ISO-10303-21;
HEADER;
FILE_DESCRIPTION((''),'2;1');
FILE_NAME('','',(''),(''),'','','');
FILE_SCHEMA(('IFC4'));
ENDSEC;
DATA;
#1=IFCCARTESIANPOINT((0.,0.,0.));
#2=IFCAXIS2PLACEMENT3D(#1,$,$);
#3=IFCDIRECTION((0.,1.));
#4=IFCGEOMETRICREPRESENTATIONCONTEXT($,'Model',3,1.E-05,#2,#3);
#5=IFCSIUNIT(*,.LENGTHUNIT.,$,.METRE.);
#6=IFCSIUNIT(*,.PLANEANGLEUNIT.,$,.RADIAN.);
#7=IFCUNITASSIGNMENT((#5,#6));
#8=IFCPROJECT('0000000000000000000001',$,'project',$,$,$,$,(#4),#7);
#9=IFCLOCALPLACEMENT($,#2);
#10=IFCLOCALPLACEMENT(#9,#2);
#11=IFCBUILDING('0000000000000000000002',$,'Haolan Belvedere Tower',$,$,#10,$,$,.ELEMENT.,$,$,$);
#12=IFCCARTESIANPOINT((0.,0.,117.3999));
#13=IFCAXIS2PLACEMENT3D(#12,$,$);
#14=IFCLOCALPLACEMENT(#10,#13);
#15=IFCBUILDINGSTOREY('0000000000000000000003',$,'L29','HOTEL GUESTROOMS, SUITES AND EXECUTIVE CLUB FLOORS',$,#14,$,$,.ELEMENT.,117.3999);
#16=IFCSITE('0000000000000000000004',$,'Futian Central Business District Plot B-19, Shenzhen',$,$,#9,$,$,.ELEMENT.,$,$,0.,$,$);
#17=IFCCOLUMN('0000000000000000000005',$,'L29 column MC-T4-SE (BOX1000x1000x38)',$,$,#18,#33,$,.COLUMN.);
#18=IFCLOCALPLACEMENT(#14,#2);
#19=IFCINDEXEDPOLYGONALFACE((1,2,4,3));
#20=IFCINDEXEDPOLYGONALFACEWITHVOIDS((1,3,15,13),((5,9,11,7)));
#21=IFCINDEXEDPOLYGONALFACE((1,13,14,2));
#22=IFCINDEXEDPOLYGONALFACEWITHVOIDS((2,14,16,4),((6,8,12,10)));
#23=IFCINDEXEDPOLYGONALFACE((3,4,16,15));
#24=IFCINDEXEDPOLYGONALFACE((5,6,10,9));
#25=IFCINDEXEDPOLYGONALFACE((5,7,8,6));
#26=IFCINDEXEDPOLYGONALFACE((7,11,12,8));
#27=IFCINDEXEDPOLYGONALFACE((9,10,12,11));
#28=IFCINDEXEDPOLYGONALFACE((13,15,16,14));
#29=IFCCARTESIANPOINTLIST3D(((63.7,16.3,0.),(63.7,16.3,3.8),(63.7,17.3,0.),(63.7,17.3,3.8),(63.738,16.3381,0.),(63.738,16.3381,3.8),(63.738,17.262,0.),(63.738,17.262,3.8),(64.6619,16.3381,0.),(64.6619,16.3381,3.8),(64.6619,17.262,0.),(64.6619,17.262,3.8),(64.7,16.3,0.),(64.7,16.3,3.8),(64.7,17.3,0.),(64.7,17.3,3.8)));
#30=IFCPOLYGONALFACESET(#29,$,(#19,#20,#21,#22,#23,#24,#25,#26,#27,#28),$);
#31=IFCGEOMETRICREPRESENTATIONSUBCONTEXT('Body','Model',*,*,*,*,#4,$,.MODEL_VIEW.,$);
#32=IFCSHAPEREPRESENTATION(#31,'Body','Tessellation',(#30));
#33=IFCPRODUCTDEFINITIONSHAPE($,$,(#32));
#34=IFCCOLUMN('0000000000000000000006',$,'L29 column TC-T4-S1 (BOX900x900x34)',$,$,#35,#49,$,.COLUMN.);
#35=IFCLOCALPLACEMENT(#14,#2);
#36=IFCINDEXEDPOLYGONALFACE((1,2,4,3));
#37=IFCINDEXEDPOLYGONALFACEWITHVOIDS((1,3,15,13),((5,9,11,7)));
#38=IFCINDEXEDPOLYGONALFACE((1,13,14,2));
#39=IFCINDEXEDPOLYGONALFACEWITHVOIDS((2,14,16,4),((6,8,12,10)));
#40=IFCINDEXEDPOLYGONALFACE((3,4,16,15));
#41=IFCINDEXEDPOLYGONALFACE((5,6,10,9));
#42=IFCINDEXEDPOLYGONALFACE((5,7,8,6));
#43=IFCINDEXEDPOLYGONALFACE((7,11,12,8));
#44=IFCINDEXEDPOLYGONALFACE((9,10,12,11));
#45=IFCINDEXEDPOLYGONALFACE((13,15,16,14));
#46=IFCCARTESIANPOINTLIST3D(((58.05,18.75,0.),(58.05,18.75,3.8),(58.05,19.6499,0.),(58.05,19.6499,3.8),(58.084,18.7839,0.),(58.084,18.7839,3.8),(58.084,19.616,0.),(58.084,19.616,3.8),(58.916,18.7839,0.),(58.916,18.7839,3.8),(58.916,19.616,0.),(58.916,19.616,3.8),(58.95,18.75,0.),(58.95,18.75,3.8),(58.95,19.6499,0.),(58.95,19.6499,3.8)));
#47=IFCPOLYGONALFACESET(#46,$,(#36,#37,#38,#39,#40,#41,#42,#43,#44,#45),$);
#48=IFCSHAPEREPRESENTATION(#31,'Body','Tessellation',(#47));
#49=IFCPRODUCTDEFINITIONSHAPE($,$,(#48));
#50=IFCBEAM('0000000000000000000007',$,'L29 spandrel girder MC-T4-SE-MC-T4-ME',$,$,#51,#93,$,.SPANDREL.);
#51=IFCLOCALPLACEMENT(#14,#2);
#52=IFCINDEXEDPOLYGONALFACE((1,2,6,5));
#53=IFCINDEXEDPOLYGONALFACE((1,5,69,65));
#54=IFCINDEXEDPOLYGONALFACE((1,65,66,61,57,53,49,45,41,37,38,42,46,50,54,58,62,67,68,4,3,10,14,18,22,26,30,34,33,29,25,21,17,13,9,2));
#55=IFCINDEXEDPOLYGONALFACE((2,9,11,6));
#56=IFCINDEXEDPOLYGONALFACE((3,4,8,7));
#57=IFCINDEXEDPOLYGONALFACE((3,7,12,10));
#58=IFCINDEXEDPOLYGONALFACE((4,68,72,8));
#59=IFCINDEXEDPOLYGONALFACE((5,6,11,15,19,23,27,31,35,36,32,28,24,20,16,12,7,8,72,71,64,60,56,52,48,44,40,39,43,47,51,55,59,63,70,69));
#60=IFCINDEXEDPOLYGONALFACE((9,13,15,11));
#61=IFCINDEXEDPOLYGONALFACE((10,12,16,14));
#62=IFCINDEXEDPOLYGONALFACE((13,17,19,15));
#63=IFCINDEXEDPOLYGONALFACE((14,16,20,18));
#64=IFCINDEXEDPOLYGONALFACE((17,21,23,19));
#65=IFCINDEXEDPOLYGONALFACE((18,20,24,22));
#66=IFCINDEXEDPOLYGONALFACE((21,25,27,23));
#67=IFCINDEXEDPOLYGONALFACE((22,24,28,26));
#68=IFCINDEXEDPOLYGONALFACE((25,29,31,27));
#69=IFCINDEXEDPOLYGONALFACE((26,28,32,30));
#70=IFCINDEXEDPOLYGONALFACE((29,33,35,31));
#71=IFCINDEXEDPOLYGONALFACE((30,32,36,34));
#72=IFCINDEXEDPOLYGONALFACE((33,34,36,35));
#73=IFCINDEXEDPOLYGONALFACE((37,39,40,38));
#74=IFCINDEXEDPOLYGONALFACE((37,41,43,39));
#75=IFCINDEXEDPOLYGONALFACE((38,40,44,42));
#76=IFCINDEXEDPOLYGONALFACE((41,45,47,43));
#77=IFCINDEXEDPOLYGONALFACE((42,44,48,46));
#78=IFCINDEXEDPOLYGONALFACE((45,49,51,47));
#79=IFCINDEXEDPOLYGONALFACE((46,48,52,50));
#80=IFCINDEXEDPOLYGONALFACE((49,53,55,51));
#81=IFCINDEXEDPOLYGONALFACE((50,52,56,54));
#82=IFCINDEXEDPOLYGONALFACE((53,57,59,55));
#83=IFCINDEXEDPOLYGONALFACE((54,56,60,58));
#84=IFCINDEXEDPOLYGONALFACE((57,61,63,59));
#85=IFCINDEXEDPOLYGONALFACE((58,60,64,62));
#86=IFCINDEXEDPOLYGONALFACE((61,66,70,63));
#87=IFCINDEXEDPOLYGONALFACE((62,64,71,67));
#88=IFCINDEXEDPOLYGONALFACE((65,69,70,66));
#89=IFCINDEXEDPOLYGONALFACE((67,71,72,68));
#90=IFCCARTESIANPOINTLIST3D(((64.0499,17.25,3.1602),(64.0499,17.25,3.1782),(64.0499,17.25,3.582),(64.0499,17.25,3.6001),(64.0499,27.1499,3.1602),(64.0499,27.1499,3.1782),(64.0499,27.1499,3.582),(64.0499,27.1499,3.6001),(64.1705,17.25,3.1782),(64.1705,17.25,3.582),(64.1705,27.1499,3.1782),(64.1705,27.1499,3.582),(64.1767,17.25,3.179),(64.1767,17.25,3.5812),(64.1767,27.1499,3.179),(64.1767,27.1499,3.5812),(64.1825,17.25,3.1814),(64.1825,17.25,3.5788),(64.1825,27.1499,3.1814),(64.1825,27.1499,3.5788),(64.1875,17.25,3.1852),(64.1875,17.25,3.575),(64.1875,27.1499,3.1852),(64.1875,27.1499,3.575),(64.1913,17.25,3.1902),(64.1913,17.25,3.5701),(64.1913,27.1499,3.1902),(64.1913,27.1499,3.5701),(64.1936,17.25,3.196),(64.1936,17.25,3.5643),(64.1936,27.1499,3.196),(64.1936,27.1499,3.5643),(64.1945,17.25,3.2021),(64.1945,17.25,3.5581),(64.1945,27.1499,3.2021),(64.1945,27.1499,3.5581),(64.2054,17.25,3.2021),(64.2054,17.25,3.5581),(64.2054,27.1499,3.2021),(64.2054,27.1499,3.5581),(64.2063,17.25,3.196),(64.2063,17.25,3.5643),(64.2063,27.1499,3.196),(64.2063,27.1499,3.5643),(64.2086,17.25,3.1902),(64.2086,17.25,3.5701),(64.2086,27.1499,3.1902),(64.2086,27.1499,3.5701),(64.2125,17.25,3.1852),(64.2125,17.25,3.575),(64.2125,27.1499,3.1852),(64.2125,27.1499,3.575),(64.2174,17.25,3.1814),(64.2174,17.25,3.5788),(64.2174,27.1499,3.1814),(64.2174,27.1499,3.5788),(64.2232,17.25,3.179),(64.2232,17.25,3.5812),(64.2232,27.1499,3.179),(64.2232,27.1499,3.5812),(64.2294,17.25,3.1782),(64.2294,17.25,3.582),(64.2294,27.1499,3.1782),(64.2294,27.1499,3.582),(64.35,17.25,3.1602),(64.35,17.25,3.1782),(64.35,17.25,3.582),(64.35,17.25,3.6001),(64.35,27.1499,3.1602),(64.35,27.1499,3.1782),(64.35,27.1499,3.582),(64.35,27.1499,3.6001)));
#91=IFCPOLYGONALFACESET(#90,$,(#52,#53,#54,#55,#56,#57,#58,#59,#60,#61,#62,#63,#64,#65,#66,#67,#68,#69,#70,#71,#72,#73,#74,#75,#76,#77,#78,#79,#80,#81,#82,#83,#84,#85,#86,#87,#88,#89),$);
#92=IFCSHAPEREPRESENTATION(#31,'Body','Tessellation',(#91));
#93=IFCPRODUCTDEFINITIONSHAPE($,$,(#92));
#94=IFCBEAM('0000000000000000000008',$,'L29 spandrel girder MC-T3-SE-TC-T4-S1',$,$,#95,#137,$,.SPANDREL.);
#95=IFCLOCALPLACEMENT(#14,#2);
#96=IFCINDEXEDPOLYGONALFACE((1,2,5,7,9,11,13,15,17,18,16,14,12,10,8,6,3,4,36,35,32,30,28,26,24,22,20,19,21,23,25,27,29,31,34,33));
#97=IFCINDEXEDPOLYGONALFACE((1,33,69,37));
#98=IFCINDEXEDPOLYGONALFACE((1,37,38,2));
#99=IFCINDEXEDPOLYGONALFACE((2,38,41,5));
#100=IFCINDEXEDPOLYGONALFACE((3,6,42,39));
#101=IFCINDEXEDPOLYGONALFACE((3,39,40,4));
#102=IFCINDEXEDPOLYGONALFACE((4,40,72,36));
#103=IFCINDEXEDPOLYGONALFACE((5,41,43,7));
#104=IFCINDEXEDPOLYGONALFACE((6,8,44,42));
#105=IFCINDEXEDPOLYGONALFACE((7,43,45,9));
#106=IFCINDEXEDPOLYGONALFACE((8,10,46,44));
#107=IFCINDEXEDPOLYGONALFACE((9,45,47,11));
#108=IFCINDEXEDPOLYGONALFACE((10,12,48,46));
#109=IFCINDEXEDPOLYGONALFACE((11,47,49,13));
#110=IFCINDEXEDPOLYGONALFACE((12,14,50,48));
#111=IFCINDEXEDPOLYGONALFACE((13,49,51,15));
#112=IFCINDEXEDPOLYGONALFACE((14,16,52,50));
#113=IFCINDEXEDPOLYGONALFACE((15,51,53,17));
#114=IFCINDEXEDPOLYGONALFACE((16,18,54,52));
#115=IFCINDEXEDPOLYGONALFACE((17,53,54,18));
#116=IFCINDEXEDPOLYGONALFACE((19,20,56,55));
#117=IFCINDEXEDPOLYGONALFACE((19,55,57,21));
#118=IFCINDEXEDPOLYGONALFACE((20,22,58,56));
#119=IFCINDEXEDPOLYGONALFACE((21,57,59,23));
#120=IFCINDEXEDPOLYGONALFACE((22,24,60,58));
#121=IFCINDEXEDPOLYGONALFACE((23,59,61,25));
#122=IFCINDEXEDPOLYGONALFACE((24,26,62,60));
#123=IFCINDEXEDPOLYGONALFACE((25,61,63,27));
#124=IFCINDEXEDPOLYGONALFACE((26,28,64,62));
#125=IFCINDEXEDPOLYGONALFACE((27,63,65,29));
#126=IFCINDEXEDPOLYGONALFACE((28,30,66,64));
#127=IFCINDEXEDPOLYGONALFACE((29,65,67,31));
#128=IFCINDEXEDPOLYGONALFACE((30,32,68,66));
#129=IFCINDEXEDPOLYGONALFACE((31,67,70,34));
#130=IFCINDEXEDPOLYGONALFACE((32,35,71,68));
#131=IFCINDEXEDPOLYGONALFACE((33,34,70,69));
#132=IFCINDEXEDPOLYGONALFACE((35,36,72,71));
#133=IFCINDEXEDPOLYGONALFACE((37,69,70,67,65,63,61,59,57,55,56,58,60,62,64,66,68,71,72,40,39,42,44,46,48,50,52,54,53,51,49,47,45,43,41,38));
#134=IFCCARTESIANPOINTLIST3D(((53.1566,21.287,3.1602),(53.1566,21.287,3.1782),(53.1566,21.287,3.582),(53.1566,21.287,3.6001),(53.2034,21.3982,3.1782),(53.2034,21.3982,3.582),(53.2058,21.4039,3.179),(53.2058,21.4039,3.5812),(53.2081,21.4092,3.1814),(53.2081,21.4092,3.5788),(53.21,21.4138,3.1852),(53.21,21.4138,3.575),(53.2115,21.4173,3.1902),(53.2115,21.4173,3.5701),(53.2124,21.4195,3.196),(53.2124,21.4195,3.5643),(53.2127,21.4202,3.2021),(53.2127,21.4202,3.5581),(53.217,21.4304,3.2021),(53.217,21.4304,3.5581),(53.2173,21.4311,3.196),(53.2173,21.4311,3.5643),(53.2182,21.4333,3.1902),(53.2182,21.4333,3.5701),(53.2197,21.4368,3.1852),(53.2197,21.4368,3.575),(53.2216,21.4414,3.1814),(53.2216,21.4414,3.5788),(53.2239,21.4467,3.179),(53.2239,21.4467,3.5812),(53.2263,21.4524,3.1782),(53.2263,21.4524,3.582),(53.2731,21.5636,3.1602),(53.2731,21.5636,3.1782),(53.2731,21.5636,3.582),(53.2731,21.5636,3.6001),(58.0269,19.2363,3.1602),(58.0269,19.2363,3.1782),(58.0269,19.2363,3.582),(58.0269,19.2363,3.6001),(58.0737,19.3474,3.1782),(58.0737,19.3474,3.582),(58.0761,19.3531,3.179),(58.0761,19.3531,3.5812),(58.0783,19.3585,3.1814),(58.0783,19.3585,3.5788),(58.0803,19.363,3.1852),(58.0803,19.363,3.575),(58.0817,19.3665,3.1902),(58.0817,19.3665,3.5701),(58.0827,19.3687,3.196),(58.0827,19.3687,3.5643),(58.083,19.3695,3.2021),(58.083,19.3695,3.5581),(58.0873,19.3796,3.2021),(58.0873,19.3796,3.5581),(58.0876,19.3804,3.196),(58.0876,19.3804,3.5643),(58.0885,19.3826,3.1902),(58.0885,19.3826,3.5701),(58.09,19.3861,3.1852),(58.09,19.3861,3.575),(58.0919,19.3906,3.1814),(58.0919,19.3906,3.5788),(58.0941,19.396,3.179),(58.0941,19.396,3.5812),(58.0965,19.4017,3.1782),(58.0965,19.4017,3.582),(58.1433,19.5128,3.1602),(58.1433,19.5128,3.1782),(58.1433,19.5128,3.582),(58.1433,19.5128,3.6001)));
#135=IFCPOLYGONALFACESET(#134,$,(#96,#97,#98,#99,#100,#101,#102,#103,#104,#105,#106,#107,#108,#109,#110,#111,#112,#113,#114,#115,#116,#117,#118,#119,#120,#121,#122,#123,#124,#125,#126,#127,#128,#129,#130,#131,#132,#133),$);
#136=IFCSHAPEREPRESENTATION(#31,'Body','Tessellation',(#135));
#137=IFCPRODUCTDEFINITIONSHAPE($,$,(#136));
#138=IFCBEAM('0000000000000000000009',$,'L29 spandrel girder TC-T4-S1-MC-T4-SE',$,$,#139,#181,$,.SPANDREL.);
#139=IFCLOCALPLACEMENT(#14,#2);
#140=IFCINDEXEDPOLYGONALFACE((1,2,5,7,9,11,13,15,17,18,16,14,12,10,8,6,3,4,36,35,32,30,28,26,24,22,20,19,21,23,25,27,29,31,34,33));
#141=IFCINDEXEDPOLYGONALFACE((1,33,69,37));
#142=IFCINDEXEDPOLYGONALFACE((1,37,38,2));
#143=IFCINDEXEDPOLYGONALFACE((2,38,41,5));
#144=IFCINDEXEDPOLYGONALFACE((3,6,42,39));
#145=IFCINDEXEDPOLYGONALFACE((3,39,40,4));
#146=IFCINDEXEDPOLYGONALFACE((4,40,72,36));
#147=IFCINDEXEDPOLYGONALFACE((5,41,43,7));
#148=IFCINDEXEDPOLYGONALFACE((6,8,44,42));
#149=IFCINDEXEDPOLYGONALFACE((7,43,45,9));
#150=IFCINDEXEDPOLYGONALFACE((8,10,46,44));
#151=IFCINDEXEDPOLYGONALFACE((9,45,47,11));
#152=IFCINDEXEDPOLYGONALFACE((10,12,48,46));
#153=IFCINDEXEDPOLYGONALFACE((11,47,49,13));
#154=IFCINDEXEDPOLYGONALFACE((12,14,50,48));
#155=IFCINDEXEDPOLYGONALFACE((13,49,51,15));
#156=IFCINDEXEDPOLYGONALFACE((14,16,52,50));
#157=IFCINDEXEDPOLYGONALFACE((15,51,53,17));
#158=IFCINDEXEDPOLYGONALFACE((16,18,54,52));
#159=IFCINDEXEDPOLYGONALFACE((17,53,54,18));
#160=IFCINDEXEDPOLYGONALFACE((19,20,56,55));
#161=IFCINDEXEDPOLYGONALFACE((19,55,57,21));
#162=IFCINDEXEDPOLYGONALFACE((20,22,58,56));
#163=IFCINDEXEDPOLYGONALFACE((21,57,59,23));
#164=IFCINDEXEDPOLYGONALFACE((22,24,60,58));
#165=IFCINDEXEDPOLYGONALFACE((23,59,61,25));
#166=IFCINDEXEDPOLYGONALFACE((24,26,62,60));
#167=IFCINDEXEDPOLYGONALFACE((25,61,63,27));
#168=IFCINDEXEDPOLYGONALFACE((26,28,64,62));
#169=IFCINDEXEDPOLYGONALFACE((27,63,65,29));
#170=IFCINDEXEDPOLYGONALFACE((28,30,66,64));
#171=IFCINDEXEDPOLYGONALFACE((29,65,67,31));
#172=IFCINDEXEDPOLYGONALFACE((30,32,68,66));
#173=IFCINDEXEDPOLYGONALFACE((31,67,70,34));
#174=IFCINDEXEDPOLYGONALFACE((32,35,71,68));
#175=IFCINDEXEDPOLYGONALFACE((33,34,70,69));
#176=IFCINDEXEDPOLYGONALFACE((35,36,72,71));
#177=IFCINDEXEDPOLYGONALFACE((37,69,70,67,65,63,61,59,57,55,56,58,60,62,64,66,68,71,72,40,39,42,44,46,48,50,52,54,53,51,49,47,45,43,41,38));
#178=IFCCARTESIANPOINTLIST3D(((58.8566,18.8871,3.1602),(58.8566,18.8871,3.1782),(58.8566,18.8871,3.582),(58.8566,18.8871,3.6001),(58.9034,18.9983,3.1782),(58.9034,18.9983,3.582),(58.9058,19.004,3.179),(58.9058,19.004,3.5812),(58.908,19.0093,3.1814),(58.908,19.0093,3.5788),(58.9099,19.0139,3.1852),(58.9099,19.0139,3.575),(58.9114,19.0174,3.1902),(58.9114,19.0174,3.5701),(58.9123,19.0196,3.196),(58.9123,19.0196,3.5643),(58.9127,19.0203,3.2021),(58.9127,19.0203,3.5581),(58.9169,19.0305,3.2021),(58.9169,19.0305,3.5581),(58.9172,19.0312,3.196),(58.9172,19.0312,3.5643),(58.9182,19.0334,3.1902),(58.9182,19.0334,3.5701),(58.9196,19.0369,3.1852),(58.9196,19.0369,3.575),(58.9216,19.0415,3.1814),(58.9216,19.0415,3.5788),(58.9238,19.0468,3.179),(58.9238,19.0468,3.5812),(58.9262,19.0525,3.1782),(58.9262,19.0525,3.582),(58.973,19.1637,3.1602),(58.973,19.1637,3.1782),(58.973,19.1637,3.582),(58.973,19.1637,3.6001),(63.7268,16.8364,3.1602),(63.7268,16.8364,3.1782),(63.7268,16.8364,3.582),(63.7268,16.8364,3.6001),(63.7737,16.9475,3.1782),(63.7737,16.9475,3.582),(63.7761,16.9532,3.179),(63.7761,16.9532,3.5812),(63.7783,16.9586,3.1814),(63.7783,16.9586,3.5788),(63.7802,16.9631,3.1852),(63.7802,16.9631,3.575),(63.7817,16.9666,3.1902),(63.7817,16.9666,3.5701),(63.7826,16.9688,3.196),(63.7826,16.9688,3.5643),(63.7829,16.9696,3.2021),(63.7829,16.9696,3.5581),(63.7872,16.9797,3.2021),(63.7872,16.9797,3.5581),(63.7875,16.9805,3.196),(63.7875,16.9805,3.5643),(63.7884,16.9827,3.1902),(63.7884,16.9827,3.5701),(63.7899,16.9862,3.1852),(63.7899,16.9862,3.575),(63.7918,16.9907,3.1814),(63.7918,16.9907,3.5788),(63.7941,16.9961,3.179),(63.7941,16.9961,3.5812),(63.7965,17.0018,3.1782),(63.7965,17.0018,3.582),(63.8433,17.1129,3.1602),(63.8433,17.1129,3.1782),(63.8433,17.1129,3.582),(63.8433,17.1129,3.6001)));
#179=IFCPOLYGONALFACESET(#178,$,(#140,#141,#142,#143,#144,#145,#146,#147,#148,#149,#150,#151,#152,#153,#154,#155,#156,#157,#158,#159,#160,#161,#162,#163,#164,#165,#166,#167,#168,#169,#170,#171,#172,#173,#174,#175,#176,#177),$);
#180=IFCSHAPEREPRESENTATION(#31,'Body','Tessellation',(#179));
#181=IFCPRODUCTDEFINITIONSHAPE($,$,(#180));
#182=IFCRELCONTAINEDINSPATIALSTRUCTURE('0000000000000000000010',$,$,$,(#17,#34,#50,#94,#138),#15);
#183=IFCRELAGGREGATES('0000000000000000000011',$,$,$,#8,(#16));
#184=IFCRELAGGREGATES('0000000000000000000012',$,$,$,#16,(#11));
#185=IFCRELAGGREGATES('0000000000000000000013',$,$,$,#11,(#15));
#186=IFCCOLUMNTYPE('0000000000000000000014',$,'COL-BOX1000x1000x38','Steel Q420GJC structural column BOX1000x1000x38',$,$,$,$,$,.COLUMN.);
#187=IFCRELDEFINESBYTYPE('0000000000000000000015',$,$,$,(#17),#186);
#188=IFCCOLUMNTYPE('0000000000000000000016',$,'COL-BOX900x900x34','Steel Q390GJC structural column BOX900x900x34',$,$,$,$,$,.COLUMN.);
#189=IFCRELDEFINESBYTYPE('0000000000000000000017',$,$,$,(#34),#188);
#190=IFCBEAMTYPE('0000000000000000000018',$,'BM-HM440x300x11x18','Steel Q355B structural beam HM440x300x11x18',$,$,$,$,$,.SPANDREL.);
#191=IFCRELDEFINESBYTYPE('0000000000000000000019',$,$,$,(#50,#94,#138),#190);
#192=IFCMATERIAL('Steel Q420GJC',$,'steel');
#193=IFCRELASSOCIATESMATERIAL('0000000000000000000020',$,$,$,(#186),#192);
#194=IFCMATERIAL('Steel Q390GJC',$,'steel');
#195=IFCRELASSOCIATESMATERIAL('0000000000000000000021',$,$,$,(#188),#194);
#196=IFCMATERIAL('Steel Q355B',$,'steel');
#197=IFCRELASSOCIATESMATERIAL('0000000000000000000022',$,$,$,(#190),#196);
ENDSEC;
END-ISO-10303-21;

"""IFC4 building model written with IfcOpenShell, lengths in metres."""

from ifc_helpers import new_model, si_unit, direction, frame, origin, origin_2d, place, context, subcontext, project, spatial, hollow_rectangle, i_section, extrude, material, material_profile, profile_set, type_object, element, save


model = new_model("IFC4")

# Units and contexts
model_context = context("Model", 3, precision=1e-05, world=origin(), true_north=direction((0.0, 1.0)))
body_context = subcontext(model_context, "Body", "Model", "MODEL_VIEW")
ifc_project = project(units=[si_unit("LENGTHUNIT", "METRE"), si_unit("PLANEANGLEUNIT", "RADIAN")], contexts=[model_context])

# Site, building, storey
site_placement = place(None, origin())
site = spatial("IfcSite", under=ifc_project, at=site_placement, Name="Futian Central Business District Plot B-19, Shenzhen", CompositionType="ELEMENT", RefElevation=0.0)
building_placement = place(site_placement, origin())
building = spatial("IfcBuilding", under=site, at=building_placement, Name="Haolan Belvedere Tower", CompositionType="ELEMENT")
storey_placement = place(building_placement, frame((0.0, 0.0, 117.3999)))
storey = spatial("IfcBuildingStorey", under=building, at=storey_placement, Name="L29", Description="HOTEL GUESTROOMS, SUITES AND EXECUTIVE CLUB FLOORS", CompositionType="ELEMENT", Elevation=117.3999)

# Columns
ifc_material_1 = material(Name="Steel Q420GJC", Category="steel")
ifc_material_profile_1 = material_profile(ifc_material_1, hollow_rectangle(XDim=1.0, YDim=1.0, WallThickness=0.0381, at=origin_2d()), Name="Steel Q420GJC")
ifc_profile_set_1 = profile_set([ifc_material_profile_1], Name="Steel Q420GJC")
column_type_1 = type_object("IfcColumnType", Name="COL-BOX1000x1000x38", Description="Steel Q420GJC structural column BOX1000x1000x38", PredefinedType="COLUMN", material=ifc_profile_set_1)
column_1_placement = place(storey_placement, frame((64.2, 16.8, 0.0), z_axis=(0.0, 0.0, 1.0), x_axis=(1.0, 0.0, 0.0)))
element("IfcColumn", 1, at=column_1_placement, inside=storey, type_object=column_type_1, Name="L29 column MC-T4-SE (BOX1000x1000x38)", PredefinedType="COLUMN", context=body_context, shape_type="SweptSolid", body=[
    extrude(hollow_rectangle(XDim=1.0, YDim=1.0, WallThickness=0.0381, at=origin_2d()), origin(), (0.0, 0.0, 1.0), 3.8),
])
ifc_material_2 = material(Name="Steel Q390GJC", Category="steel")
ifc_material_profile_2 = material_profile(ifc_material_2, hollow_rectangle(XDim=0.8999, YDim=0.8999, WallThickness=0.0339, at=origin_2d()), Name="Steel Q390GJC")
ifc_profile_set_2 = profile_set([ifc_material_profile_2], Name="Steel Q390GJC")
column_type_2 = type_object("IfcColumnType", Name="COL-BOX900x900x34", Description="Steel Q390GJC structural column BOX900x900x34", PredefinedType="COLUMN", material=ifc_profile_set_2)
column_2_placement = place(storey_placement, frame((58.5, 19.2, 0.0), z_axis=(0.0, 0.0, 1.0), x_axis=(1.0, 0.0, 0.0)))
element("IfcColumn", 2, at=column_2_placement, inside=storey, type_object=column_type_2, Name="L29 column TC-T4-S1 (BOX900x900x34)", PredefinedType="COLUMN", context=body_context, shape_type="SweptSolid", body=[
    extrude(hollow_rectangle(XDim=0.8999, YDim=0.8999, WallThickness=0.0339, at=origin_2d()), origin(), (0.0, 0.0, 1.0), 3.8),
])

# Beams
ifc_material_3 = material(Name="Steel Q355B", Category="steel")
ifc_material_profile_3 = material_profile(ifc_material_3, i_section(OverallWidth=0.3, OverallDepth=0.4399, WebThickness=0.011, FlangeThickness=0.0181, FilletRadius=0.0239, at=origin_2d()), Name="Steel Q355B")
ifc_profile_set_3 = profile_set([ifc_material_profile_3], Name="Steel Q355B")
beam_type_1 = type_object("IfcBeamType", Name="BM-HM440x300x11x18", Description="Steel Q355B structural beam HM440x300x11x18", PredefinedType="SPANDREL", material=ifc_profile_set_3)
beam_1_placement = place(storey_placement, frame((64.2, 17.25, 3.3801), z_axis=(0.0, 1.0, 0.0), x_axis=(-1.0, 0.0, 0.0)))
element("IfcBeam", 3, at=beam_1_placement, inside=storey, type_object=beam_type_1, Name="L29 spandrel girder MC-T4-SE-MC-T4-ME", PredefinedType="SPANDREL", context=body_context, shape_type="SweptSolid", body=[
    extrude(i_section(OverallWidth=0.3, OverallDepth=0.4399, WebThickness=0.011, FlangeThickness=0.0181, FilletRadius=0.0239, at=origin_2d()), origin(), (0.0, 0.0, 1.0), 9.8999),
])
for number, where, z_axis, x_axis, name in (
    (4, (53.2148, 21.4253, 3.3801), (0.921628, -0.388074, 0.0), (0.388074, 0.921628, 0.0), "L29 spandrel girder MC-T3-SE-TC-T4-S1"),
    (5, (58.9148, 19.0254, 3.3801), (0.921628, -0.388074, 0.0), (0.388074, 0.921628, 0.0), "L29 spandrel girder TC-T4-S1-MC-T4-SE"),
):
    element("IfcBeam", number, at=place(storey_placement, frame(where, z_axis=z_axis, x_axis=x_axis)), inside=storey, type_object=beam_type_1, Name=name, PredefinedType="SPANDREL", context=body_context, shape_type="SweptSolid", body=[
        extrude(i_section(OverallWidth=0.3, OverallDepth=0.4399, WebThickness=0.011, FlangeThickness=0.0181, FilletRadius=0.0239, at=origin_2d()), origin(), (0.0, 0.0, 1.0), 5.2844),
    ])

save(model, "model.ifc")
